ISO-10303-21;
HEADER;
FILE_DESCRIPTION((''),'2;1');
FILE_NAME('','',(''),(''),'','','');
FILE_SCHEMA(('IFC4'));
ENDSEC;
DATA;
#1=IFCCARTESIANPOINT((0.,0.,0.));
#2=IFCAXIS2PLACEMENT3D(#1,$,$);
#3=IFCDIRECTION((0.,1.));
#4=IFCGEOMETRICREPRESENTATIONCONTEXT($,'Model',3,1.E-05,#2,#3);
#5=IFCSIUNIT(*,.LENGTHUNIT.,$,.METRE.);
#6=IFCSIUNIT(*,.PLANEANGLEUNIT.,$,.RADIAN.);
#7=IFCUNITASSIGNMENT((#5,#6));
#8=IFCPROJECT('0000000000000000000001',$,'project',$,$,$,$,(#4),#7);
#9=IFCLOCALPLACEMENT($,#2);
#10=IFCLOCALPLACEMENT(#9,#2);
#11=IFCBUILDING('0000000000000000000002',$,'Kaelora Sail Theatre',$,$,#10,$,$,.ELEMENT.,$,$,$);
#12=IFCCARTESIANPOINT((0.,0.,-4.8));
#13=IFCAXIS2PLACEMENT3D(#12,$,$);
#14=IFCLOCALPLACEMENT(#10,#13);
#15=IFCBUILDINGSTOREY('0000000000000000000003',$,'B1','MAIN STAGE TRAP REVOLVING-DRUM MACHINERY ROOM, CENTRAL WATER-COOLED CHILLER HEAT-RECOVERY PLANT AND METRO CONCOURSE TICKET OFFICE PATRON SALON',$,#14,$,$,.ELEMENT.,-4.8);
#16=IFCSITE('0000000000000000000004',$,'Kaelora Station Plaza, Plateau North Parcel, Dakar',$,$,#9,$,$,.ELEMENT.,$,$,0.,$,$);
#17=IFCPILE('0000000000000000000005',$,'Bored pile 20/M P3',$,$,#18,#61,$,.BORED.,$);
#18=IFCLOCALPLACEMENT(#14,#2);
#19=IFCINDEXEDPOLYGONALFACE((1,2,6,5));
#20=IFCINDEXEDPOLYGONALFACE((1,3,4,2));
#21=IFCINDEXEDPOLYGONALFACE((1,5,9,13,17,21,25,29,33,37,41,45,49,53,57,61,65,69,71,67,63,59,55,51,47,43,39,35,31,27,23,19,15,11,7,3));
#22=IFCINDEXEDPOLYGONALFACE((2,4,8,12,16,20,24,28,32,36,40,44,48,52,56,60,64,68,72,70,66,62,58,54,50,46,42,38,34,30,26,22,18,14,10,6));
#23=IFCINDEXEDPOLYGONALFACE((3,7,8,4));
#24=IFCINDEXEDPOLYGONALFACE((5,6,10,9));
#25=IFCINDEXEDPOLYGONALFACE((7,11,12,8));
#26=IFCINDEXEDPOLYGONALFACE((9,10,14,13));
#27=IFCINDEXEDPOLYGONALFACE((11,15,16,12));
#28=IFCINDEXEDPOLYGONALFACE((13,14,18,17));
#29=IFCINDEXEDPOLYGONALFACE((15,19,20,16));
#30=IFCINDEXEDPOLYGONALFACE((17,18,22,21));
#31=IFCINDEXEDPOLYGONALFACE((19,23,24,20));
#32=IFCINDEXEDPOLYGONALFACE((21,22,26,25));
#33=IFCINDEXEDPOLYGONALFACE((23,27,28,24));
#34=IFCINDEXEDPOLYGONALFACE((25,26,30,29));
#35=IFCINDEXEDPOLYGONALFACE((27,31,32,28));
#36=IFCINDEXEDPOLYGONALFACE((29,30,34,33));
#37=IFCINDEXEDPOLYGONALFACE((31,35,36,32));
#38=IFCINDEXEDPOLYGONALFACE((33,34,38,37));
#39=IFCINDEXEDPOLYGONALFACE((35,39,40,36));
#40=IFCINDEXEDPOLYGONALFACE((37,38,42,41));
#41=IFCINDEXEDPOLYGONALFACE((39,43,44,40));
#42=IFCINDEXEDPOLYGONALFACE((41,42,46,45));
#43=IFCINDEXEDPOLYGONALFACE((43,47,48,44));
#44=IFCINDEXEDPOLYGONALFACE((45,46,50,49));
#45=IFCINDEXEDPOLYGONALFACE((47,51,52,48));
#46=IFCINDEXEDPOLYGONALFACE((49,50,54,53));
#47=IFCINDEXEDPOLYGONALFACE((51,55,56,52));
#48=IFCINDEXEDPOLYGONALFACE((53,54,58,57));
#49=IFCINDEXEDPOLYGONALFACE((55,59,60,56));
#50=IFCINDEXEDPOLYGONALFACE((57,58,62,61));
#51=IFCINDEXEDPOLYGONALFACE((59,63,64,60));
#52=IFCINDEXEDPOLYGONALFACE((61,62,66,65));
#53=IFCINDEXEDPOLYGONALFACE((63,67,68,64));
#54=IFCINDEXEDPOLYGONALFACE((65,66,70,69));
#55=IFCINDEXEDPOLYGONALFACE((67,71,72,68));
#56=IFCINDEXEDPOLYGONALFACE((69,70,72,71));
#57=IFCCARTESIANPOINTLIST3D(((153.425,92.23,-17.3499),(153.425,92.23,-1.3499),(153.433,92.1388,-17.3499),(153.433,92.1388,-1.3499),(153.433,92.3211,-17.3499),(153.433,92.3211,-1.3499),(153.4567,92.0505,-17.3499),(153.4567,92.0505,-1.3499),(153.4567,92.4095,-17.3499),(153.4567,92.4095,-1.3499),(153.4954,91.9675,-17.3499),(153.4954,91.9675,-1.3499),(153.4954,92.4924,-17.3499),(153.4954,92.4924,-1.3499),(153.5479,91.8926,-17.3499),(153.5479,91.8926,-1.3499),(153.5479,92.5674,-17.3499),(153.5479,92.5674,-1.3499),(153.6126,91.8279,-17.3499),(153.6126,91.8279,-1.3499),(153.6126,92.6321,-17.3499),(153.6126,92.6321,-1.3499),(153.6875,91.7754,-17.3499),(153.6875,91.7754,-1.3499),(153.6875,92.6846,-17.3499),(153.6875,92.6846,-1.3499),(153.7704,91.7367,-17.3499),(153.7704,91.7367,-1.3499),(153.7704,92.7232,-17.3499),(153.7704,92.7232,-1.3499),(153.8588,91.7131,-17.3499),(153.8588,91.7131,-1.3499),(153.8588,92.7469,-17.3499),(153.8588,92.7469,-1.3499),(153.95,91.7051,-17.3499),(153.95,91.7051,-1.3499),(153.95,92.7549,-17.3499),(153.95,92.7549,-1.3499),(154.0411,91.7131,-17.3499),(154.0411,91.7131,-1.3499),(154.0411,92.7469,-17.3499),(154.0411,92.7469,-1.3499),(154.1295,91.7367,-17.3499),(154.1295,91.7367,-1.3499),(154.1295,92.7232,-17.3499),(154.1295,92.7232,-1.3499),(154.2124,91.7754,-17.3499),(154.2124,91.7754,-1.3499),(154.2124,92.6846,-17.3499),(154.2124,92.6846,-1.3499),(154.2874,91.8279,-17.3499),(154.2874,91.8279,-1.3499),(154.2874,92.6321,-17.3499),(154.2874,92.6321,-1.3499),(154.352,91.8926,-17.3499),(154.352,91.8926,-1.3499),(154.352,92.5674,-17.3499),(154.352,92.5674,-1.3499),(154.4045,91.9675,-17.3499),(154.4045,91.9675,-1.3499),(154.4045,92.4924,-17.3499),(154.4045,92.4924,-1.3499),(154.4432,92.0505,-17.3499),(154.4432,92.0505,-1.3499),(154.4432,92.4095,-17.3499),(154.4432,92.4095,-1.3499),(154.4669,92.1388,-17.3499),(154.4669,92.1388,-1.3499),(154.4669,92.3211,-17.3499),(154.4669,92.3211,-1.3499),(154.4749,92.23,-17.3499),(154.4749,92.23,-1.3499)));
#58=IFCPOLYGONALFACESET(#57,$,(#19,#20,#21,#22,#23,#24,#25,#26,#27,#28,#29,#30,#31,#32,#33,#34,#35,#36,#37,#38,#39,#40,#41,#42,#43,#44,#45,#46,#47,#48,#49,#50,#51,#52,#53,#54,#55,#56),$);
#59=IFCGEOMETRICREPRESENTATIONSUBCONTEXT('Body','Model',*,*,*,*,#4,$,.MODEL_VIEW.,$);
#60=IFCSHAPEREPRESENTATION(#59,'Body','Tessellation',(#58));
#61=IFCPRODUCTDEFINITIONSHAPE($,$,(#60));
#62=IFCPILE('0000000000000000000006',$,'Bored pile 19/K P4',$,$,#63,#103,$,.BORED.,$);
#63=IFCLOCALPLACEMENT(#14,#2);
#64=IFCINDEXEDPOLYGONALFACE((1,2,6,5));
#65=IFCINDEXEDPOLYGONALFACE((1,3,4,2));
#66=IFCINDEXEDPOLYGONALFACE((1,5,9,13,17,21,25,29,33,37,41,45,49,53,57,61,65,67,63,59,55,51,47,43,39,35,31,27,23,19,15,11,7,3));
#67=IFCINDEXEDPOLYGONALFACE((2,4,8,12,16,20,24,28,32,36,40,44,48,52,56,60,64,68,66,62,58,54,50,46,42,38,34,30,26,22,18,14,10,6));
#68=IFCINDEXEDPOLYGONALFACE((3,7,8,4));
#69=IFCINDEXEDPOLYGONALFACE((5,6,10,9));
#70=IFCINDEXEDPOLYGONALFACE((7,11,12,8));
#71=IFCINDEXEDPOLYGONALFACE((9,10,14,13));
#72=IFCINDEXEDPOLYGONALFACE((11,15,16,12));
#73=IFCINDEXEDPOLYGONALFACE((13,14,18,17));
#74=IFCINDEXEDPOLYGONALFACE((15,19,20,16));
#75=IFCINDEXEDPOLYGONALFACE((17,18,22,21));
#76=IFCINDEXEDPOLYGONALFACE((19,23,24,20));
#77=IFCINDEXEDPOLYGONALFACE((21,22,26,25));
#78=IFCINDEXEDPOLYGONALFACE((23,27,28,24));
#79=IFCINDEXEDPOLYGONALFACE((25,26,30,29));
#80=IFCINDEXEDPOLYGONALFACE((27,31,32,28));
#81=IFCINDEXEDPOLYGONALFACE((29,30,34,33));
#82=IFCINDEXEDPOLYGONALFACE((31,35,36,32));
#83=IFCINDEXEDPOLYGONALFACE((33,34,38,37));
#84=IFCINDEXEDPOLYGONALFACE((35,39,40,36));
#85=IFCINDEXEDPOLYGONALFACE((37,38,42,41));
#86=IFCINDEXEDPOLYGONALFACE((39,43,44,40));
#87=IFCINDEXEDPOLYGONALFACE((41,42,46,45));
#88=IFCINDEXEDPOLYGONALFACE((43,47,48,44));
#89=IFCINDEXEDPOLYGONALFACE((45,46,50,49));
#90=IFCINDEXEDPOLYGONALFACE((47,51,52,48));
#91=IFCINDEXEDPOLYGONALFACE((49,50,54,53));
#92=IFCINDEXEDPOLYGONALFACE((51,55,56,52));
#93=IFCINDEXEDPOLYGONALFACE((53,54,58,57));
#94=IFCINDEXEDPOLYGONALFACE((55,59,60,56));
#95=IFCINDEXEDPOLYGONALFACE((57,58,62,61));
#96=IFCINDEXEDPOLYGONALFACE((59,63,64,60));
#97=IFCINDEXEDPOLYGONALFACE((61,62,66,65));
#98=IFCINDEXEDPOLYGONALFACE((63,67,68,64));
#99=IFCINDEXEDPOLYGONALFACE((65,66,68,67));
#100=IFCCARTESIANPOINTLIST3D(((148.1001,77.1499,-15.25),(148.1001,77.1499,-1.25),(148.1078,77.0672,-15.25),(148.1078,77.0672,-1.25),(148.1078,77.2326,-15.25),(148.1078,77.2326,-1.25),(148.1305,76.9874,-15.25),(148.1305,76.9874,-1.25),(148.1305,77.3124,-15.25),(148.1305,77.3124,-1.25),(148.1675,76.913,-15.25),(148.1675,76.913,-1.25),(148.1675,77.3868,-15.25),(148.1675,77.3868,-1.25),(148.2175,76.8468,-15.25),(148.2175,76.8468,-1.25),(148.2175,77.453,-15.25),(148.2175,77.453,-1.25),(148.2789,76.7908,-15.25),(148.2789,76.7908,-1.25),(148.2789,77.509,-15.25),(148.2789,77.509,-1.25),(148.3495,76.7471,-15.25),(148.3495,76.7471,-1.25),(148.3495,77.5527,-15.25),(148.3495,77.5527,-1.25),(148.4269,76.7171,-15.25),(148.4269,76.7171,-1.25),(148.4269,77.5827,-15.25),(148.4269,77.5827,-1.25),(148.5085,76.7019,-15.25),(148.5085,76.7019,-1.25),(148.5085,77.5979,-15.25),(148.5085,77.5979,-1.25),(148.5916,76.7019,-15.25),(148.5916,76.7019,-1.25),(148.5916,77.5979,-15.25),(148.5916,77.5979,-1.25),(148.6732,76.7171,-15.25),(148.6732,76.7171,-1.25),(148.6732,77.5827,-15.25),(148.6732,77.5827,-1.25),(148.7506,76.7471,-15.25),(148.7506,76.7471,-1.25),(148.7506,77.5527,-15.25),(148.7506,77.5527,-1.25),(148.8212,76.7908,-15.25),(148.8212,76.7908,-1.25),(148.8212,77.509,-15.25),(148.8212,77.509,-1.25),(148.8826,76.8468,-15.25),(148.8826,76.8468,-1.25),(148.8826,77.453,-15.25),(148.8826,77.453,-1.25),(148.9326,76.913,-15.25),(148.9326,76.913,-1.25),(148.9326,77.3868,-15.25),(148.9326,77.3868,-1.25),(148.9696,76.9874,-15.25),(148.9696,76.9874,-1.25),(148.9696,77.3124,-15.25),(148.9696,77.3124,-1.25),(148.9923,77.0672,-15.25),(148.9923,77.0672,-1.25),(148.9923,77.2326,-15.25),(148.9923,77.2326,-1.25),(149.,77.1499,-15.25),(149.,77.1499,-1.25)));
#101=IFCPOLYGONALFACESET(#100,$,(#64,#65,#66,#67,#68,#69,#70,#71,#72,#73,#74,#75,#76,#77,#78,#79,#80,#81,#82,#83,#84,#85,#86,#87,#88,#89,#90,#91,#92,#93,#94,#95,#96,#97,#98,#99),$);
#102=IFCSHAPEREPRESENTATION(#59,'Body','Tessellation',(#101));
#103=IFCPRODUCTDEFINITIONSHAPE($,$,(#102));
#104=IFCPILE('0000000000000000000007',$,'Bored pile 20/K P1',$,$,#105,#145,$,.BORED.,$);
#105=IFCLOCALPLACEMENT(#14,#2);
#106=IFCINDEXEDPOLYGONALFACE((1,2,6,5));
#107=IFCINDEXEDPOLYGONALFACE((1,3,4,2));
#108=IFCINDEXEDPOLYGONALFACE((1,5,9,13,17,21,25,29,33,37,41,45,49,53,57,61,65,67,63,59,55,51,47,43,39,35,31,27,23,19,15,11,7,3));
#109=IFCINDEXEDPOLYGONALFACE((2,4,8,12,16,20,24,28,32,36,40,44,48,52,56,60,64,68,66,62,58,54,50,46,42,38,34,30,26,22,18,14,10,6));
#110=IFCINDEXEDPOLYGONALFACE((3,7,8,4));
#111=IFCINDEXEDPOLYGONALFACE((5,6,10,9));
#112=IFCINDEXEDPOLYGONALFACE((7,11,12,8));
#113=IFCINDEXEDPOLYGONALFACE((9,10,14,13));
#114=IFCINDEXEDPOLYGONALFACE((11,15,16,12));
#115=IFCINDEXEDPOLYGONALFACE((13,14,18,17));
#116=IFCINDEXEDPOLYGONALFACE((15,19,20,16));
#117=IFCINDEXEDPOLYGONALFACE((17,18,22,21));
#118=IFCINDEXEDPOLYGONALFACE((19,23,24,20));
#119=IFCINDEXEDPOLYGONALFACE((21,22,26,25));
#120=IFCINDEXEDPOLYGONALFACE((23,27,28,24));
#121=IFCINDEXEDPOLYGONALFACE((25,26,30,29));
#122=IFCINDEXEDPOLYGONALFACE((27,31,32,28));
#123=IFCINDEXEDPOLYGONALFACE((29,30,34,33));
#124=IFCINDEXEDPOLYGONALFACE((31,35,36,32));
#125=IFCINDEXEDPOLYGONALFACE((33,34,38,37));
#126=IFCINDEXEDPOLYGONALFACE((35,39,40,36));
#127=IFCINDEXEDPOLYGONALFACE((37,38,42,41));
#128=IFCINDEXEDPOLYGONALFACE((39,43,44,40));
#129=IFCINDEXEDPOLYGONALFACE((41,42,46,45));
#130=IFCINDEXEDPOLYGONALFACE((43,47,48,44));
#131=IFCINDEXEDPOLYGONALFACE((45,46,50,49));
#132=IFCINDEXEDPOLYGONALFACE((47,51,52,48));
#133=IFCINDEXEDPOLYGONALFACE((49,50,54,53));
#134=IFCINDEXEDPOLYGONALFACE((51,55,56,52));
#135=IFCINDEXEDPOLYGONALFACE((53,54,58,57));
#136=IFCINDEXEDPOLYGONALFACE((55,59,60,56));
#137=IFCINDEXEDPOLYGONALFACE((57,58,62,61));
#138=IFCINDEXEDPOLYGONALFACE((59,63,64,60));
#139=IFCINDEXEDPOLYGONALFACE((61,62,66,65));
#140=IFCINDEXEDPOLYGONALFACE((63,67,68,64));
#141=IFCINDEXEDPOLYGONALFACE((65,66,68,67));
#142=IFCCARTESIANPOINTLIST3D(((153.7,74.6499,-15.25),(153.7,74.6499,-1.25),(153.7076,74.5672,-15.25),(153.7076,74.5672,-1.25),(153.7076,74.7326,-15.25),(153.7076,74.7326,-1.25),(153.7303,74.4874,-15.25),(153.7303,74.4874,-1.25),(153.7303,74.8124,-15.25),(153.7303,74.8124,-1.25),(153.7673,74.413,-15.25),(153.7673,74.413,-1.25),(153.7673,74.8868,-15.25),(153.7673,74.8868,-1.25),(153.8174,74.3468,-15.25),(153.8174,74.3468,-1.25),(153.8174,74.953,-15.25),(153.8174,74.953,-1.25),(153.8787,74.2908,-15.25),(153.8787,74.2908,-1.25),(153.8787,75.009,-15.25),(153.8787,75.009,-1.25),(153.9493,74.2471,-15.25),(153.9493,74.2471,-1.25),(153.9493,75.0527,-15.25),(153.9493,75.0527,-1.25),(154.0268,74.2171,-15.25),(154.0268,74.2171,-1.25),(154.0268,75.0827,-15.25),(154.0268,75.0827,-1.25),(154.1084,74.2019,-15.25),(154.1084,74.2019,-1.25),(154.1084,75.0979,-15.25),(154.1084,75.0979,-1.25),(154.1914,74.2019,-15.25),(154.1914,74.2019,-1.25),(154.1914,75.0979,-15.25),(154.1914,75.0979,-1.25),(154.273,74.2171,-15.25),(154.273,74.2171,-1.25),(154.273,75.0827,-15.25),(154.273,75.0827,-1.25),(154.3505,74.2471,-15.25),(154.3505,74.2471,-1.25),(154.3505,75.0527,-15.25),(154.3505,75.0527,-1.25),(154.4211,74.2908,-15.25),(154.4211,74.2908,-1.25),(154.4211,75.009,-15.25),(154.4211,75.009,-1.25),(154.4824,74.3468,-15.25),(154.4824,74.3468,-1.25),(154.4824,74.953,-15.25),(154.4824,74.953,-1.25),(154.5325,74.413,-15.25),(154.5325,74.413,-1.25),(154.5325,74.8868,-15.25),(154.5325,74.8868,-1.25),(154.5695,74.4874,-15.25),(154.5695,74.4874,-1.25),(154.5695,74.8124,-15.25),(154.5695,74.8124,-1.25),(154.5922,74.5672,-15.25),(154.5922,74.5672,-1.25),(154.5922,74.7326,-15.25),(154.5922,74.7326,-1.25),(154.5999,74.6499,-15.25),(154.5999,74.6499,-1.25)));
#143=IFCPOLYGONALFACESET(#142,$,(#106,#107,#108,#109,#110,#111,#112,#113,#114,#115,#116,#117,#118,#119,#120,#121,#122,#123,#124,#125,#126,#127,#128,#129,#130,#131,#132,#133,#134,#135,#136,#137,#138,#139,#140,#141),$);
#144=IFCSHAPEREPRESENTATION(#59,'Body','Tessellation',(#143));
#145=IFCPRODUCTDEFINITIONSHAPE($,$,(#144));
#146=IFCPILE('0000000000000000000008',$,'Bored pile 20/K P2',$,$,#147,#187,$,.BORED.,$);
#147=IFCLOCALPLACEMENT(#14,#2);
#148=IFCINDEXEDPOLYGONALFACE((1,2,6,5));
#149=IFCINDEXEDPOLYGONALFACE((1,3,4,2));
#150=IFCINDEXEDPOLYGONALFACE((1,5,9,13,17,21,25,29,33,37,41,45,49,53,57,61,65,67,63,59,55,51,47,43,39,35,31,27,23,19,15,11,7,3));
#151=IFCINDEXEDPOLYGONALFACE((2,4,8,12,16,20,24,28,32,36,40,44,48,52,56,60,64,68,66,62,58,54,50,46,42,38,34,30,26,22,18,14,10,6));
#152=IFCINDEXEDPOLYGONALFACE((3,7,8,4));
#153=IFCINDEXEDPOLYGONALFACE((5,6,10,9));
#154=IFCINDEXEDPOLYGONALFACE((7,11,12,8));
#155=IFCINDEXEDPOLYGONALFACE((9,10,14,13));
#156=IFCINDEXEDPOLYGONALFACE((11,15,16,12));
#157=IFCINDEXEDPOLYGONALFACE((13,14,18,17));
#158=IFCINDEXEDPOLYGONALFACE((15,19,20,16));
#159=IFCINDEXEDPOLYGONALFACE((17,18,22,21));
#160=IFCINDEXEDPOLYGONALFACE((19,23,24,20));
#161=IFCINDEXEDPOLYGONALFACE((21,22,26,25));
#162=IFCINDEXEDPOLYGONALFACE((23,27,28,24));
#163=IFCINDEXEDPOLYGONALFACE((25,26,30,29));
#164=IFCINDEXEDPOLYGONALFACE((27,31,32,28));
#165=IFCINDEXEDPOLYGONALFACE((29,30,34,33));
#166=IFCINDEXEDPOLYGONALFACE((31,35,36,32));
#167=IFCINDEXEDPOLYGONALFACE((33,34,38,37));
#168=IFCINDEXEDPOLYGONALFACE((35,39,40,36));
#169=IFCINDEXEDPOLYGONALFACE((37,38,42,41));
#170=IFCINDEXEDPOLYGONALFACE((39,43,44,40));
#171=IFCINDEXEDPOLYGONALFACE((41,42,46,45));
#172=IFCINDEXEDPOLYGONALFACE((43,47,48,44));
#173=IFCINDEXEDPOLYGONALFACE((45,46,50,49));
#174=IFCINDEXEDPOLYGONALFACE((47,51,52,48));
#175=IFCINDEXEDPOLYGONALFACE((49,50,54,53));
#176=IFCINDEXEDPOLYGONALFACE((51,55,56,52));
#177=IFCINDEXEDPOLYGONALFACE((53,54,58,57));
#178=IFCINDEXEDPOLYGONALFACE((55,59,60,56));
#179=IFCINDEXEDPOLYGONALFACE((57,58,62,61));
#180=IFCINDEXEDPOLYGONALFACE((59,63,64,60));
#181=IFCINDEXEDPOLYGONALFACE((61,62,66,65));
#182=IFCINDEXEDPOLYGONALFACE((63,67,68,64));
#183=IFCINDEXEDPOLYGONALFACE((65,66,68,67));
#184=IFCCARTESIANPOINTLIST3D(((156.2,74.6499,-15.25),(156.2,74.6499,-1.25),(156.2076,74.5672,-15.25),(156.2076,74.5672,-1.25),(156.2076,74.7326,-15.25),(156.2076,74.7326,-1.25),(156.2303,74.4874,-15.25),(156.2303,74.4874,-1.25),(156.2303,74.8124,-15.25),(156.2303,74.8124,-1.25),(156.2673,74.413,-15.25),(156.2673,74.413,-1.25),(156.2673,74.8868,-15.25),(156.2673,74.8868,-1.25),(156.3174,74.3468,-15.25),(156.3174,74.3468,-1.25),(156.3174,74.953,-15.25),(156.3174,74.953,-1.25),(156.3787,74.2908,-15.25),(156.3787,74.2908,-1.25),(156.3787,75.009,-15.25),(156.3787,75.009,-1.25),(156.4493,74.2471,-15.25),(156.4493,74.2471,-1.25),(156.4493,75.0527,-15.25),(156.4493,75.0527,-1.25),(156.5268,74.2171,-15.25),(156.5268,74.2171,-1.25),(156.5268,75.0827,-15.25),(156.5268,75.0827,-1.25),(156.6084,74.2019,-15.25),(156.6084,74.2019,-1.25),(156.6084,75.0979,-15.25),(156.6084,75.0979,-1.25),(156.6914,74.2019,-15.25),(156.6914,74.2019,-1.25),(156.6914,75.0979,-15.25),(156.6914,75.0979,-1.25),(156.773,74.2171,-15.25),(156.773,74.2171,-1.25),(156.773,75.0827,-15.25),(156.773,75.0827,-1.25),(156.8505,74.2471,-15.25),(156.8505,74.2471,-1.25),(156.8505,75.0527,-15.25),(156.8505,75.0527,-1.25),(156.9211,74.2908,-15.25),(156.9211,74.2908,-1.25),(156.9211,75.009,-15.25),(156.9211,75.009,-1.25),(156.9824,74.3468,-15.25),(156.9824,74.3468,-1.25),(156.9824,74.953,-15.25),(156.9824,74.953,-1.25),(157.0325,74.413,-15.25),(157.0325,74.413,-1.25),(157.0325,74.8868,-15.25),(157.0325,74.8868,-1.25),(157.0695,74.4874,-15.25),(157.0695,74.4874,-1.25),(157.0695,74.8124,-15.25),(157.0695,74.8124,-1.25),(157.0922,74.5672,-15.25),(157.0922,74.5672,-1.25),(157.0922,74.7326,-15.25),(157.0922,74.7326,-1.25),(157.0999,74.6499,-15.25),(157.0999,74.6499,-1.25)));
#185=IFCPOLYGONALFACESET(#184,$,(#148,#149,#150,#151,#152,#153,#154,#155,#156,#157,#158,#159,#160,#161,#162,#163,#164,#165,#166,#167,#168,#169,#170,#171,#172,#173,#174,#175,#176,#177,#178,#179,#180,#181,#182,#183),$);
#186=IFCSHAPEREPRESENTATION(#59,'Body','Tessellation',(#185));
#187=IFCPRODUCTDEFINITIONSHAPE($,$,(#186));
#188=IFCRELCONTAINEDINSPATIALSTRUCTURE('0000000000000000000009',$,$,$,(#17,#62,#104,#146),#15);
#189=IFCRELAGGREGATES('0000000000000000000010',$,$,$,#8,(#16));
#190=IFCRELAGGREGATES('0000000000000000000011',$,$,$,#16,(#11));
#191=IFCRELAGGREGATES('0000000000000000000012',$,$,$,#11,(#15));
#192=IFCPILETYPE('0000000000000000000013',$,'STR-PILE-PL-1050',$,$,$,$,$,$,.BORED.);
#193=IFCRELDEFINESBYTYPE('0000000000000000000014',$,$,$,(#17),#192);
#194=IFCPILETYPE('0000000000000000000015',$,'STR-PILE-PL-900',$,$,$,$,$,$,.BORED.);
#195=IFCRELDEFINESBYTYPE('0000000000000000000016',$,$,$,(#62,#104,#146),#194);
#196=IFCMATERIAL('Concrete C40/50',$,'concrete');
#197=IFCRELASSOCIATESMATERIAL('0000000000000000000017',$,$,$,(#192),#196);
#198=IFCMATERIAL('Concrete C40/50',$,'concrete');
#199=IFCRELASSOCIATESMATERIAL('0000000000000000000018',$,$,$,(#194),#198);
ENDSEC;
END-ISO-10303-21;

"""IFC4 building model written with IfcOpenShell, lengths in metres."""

from ifc_helpers import new_model, si_unit, direction, frame, origin, origin_2d, place, context, subcontext, project, spatial, circle, extrude, material, material_profile, profile_set, type_object, element, save


model = new_model("IFC4")

# Units and contexts
model_context = context("Model", 3, precision=1e-05, world=origin(), true_north=direction((0.0, 1.0)))
body_context = subcontext(model_context, "Body", "Model", "MODEL_VIEW")
ifc_project = project(units=[si_unit("LENGTHUNIT", "METRE"), si_unit("PLANEANGLEUNIT", "RADIAN")], contexts=[model_context])

# Site, building, storey
site_placement = place(None, origin())
site = spatial("IfcSite", under=ifc_project, at=site_placement, Name="Kaelora Station Plaza, Plateau North Parcel, Dakar", CompositionType="ELEMENT", RefElevation=0.0)
building_placement = place(site_placement, origin())
building = spatial("IfcBuilding", under=site, at=building_placement, Name="Kaelora Sail Theatre", CompositionType="ELEMENT")
storey_placement = place(building_placement, frame((0.0, 0.0, -4.8)))
storey = spatial("IfcBuildingStorey", under=building, at=storey_placement, Name="B1", Description="MAIN STAGE TRAP REVOLVING-DRUM MACHINERY ROOM, CENTRAL WATER-COOLED CHILLER HEAT-RECOVERY PLANT AND METRO CONCOURSE TICKET OFFICE PATRON SALON", CompositionType="ELEMENT", Elevation=-4.8)

# Piles
ifc_material_1 = material(Name="Concrete C40/50", Category="concrete")
ifc_material_profile_1 = material_profile(ifc_material_1, circle(Radius=0.5249, at=origin_2d()), Name="PILE D1050")
ifc_profile_set_1 = profile_set([ifc_material_profile_1], Name="Concrete C40/50")
pile_type_1 = type_object("IfcPileType", Name="STR-PILE-PL-1050", PredefinedType="BORED", material=ifc_profile_set_1)
for number, where, z_axis, x_axis, name in (
    (1, (153.95, 92.23, -1.3499), (0.0, 0.0, -1.0), (1.0, 0.0, 0.0), "Bored pile 20/M P3"),
):
    element("IfcPile", number, at=place(storey_placement, frame(where, z_axis=z_axis, x_axis=x_axis)), inside=storey, type_object=pile_type_1, Name=name, PredefinedType="BORED", context=body_context, shape_type="SweptSolid", body=[
        extrude(circle(Radius=0.5249, at=origin_2d()), origin(), (0.0, 0.0, 1.0), 16.0),
    ])
ifc_material_2 = material(Name="Concrete C40/50", Category="concrete")
ifc_material_profile_2 = material_profile(ifc_material_2, circle(Radius=0.45, at=origin_2d()), Name="PILE D900")
ifc_profile_set_2 = profile_set([ifc_material_profile_2], Name="Concrete C40/50")
pile_type_2 = type_object("IfcPileType", Name="STR-PILE-PL-900", PredefinedType="BORED", material=ifc_profile_set_2)
for number, where, z_axis, x_axis, name in (
    (2, (148.55, 77.1499, -1.25), (0.0, 0.0, -1.0), (1.0, 0.0, 0.0), "Bored pile 19/K P4"),
    (3, (154.1499, 74.6499, -1.25), (0.0, 0.0, -1.0), (1.0, 0.0, 0.0), "Bored pile 20/K P1"),
    (4, (156.6499, 74.6499, -1.25), (0.0, 0.0, -1.0), (1.0, 0.0, 0.0), "Bored pile 20/K P2"),
):
    element("IfcPile", number, at=place(storey_placement, frame(where, z_axis=z_axis, x_axis=x_axis)), inside=storey, type_object=pile_type_2, Name=name, PredefinedType="BORED", context=body_context, shape_type="SweptSolid", body=[
        extrude(circle(Radius=0.45, at=origin_2d()), origin(), (0.0, 0.0, 1.0), 14.0),
    ])

save(model, "model.ifc")
